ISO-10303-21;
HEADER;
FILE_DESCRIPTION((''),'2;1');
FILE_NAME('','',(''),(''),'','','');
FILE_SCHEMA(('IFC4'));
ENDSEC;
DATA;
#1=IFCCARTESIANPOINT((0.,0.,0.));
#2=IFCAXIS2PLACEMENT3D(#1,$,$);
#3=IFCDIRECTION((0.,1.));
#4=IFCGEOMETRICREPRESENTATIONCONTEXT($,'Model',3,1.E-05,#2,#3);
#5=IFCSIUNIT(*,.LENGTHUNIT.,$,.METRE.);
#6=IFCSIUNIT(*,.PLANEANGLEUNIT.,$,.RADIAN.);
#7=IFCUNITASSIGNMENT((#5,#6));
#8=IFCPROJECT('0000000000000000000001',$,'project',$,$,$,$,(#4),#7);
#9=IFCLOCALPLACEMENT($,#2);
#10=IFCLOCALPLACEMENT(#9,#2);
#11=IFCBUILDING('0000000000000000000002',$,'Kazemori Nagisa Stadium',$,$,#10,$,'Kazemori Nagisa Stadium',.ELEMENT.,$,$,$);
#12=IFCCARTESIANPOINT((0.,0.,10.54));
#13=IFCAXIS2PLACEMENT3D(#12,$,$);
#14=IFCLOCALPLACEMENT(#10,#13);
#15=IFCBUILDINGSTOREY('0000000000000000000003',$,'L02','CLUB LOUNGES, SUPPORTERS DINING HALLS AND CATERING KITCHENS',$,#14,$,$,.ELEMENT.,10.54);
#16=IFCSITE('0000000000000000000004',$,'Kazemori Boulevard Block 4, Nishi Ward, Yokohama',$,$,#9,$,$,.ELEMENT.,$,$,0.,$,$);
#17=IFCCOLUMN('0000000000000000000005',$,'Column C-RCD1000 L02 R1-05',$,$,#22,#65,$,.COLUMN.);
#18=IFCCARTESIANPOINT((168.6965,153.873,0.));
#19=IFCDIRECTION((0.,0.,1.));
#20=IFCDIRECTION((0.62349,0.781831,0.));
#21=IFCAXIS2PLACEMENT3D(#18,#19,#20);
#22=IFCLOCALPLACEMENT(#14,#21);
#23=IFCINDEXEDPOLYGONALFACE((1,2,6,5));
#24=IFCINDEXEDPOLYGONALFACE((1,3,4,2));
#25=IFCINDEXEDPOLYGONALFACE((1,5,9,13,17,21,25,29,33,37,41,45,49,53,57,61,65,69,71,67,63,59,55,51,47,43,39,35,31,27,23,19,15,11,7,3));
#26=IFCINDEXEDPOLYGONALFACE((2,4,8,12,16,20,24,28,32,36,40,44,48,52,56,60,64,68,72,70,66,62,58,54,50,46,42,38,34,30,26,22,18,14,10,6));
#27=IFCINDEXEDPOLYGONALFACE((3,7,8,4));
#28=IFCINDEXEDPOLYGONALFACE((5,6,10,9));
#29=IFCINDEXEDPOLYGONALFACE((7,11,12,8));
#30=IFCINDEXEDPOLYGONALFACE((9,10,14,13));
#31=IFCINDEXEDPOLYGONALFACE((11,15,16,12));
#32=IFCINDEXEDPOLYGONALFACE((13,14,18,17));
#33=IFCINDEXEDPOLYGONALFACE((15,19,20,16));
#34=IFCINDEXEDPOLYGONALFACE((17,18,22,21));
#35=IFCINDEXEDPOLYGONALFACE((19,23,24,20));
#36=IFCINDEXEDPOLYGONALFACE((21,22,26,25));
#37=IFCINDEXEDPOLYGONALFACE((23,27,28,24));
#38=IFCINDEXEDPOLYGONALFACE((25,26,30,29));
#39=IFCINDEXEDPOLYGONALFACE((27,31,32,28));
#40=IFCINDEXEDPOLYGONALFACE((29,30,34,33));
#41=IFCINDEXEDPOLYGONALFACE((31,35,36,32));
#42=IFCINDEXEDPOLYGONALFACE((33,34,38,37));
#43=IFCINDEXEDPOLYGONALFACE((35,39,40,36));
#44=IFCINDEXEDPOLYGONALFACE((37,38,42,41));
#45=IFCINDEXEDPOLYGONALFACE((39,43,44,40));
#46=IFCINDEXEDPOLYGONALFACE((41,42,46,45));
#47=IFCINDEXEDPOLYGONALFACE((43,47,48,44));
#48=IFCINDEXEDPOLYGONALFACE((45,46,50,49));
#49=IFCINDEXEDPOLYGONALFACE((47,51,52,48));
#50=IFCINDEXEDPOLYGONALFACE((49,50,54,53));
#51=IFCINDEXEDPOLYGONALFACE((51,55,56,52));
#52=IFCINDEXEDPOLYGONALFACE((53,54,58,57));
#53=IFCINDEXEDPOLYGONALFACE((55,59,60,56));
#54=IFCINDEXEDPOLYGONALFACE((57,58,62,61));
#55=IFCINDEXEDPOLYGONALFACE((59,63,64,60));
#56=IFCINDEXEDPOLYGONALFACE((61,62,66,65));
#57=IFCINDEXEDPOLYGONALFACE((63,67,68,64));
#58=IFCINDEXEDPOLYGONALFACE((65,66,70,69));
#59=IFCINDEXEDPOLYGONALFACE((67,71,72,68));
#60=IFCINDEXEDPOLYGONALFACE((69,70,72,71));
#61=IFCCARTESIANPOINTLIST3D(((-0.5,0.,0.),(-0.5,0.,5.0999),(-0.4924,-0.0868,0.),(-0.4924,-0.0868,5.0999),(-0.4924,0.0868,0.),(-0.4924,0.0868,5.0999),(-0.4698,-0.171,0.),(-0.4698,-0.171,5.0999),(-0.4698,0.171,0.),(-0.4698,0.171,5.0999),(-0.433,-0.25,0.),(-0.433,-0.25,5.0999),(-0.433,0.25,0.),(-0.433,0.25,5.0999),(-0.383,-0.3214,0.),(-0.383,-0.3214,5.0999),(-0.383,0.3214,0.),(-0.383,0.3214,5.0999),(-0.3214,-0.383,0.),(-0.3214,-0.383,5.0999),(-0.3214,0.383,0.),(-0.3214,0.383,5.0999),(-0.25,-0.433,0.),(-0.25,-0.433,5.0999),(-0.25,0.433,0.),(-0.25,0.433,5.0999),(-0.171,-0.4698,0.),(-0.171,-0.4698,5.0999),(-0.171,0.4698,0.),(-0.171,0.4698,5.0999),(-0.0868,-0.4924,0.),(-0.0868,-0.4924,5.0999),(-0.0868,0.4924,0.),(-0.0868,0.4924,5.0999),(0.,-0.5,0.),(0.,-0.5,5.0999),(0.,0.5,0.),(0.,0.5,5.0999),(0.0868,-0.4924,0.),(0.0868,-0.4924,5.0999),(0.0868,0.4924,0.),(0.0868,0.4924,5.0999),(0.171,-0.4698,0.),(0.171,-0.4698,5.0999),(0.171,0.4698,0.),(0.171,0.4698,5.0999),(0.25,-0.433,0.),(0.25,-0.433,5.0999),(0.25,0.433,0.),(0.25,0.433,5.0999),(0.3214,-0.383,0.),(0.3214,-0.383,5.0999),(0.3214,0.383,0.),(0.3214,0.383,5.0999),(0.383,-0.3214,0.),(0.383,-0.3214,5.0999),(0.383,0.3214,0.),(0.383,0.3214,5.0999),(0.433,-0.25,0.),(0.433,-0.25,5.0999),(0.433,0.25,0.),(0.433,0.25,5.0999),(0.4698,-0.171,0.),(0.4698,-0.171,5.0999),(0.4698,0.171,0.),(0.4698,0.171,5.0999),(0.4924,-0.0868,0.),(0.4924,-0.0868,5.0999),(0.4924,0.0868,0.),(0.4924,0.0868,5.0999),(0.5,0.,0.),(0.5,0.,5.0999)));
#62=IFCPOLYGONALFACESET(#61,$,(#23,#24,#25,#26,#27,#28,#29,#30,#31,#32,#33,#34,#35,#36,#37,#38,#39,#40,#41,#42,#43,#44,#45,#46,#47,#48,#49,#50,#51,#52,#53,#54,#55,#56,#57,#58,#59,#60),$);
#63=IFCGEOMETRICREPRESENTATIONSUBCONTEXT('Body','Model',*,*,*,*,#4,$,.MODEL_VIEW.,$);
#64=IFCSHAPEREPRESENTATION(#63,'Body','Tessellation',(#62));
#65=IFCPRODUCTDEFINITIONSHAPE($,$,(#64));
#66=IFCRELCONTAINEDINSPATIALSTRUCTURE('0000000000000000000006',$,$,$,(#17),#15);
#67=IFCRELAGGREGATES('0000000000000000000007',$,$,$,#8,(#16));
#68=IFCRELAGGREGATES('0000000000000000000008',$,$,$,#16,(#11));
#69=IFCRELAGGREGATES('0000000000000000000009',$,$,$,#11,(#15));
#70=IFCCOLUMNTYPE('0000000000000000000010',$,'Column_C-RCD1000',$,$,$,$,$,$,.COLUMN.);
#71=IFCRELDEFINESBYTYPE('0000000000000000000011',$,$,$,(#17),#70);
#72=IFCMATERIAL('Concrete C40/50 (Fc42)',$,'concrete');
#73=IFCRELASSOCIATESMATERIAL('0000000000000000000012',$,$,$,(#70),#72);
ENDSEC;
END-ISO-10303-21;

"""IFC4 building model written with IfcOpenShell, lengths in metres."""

from ifc_helpers import new_model, si_unit, direction, frame, origin, origin_2d, place, context, subcontext, project, spatial, circle, extrude, material, material_profile, profile_set, type_object, element, save


model = new_model("IFC4")

# Units and contexts
model_context = context("Model", 3, precision=1e-05, world=origin(), true_north=direction((0.0, 1.0)))
body_context = subcontext(model_context, "Body", "Model", "MODEL_VIEW")
ifc_project = project(units=[si_unit("LENGTHUNIT", "METRE"), si_unit("PLANEANGLEUNIT", "RADIAN")], contexts=[model_context])

# Site, building, storey
site_placement = place(None, origin())
site = spatial("IfcSite", under=ifc_project, at=site_placement, Name="Kazemori Boulevard Block 4, Nishi Ward, Yokohama", CompositionType="ELEMENT", RefElevation=0.0)
building_placement = place(site_placement, origin())
building = spatial("IfcBuilding", under=site, at=building_placement, Name="Kazemori Nagisa Stadium", LongName="Kazemori Nagisa Stadium", CompositionType="ELEMENT")
storey_placement = place(building_placement, frame((0.0, 0.0, 10.54)))
storey = spatial("IfcBuildingStorey", under=building, at=storey_placement, Name="L02", Description="CLUB LOUNGES, SUPPORTERS DINING HALLS AND CATERING KITCHENS", CompositionType="ELEMENT", Elevation=10.54)

# Column
ifc_material_1 = material(Name="Concrete C40/50 (Fc42)", Category="concrete")
ifc_material_profile_1 = material_profile(ifc_material_1, circle(Radius=0.5, at=origin_2d()), Name="RC-COL-D1000")
ifc_profile_set_1 = profile_set([ifc_material_profile_1], Name="Concrete C40/50 (Fc42)")
column_type = type_object("IfcColumnType", Name="Column_C-RCD1000", PredefinedType="COLUMN", material=ifc_profile_set_1)
column_placement = place(storey_placement, frame((168.6965, 153.873, 0.0), z_axis=(0.0, 0.0, 1.0), x_axis=(0.62349, 0.781831, 0.0)))
element("IfcColumn", 1, at=column_placement, inside=storey, type_object=column_type, Name="Column C-RCD1000 L02 R1-05", PredefinedType="COLUMN", context=body_context, shape_type="SweptSolid", body=[
    extrude(circle(Radius=0.5, at=origin_2d()), origin(), (0.0, 0.0, 1.0), 5.0999),
])

save(model, "model.ifc")
